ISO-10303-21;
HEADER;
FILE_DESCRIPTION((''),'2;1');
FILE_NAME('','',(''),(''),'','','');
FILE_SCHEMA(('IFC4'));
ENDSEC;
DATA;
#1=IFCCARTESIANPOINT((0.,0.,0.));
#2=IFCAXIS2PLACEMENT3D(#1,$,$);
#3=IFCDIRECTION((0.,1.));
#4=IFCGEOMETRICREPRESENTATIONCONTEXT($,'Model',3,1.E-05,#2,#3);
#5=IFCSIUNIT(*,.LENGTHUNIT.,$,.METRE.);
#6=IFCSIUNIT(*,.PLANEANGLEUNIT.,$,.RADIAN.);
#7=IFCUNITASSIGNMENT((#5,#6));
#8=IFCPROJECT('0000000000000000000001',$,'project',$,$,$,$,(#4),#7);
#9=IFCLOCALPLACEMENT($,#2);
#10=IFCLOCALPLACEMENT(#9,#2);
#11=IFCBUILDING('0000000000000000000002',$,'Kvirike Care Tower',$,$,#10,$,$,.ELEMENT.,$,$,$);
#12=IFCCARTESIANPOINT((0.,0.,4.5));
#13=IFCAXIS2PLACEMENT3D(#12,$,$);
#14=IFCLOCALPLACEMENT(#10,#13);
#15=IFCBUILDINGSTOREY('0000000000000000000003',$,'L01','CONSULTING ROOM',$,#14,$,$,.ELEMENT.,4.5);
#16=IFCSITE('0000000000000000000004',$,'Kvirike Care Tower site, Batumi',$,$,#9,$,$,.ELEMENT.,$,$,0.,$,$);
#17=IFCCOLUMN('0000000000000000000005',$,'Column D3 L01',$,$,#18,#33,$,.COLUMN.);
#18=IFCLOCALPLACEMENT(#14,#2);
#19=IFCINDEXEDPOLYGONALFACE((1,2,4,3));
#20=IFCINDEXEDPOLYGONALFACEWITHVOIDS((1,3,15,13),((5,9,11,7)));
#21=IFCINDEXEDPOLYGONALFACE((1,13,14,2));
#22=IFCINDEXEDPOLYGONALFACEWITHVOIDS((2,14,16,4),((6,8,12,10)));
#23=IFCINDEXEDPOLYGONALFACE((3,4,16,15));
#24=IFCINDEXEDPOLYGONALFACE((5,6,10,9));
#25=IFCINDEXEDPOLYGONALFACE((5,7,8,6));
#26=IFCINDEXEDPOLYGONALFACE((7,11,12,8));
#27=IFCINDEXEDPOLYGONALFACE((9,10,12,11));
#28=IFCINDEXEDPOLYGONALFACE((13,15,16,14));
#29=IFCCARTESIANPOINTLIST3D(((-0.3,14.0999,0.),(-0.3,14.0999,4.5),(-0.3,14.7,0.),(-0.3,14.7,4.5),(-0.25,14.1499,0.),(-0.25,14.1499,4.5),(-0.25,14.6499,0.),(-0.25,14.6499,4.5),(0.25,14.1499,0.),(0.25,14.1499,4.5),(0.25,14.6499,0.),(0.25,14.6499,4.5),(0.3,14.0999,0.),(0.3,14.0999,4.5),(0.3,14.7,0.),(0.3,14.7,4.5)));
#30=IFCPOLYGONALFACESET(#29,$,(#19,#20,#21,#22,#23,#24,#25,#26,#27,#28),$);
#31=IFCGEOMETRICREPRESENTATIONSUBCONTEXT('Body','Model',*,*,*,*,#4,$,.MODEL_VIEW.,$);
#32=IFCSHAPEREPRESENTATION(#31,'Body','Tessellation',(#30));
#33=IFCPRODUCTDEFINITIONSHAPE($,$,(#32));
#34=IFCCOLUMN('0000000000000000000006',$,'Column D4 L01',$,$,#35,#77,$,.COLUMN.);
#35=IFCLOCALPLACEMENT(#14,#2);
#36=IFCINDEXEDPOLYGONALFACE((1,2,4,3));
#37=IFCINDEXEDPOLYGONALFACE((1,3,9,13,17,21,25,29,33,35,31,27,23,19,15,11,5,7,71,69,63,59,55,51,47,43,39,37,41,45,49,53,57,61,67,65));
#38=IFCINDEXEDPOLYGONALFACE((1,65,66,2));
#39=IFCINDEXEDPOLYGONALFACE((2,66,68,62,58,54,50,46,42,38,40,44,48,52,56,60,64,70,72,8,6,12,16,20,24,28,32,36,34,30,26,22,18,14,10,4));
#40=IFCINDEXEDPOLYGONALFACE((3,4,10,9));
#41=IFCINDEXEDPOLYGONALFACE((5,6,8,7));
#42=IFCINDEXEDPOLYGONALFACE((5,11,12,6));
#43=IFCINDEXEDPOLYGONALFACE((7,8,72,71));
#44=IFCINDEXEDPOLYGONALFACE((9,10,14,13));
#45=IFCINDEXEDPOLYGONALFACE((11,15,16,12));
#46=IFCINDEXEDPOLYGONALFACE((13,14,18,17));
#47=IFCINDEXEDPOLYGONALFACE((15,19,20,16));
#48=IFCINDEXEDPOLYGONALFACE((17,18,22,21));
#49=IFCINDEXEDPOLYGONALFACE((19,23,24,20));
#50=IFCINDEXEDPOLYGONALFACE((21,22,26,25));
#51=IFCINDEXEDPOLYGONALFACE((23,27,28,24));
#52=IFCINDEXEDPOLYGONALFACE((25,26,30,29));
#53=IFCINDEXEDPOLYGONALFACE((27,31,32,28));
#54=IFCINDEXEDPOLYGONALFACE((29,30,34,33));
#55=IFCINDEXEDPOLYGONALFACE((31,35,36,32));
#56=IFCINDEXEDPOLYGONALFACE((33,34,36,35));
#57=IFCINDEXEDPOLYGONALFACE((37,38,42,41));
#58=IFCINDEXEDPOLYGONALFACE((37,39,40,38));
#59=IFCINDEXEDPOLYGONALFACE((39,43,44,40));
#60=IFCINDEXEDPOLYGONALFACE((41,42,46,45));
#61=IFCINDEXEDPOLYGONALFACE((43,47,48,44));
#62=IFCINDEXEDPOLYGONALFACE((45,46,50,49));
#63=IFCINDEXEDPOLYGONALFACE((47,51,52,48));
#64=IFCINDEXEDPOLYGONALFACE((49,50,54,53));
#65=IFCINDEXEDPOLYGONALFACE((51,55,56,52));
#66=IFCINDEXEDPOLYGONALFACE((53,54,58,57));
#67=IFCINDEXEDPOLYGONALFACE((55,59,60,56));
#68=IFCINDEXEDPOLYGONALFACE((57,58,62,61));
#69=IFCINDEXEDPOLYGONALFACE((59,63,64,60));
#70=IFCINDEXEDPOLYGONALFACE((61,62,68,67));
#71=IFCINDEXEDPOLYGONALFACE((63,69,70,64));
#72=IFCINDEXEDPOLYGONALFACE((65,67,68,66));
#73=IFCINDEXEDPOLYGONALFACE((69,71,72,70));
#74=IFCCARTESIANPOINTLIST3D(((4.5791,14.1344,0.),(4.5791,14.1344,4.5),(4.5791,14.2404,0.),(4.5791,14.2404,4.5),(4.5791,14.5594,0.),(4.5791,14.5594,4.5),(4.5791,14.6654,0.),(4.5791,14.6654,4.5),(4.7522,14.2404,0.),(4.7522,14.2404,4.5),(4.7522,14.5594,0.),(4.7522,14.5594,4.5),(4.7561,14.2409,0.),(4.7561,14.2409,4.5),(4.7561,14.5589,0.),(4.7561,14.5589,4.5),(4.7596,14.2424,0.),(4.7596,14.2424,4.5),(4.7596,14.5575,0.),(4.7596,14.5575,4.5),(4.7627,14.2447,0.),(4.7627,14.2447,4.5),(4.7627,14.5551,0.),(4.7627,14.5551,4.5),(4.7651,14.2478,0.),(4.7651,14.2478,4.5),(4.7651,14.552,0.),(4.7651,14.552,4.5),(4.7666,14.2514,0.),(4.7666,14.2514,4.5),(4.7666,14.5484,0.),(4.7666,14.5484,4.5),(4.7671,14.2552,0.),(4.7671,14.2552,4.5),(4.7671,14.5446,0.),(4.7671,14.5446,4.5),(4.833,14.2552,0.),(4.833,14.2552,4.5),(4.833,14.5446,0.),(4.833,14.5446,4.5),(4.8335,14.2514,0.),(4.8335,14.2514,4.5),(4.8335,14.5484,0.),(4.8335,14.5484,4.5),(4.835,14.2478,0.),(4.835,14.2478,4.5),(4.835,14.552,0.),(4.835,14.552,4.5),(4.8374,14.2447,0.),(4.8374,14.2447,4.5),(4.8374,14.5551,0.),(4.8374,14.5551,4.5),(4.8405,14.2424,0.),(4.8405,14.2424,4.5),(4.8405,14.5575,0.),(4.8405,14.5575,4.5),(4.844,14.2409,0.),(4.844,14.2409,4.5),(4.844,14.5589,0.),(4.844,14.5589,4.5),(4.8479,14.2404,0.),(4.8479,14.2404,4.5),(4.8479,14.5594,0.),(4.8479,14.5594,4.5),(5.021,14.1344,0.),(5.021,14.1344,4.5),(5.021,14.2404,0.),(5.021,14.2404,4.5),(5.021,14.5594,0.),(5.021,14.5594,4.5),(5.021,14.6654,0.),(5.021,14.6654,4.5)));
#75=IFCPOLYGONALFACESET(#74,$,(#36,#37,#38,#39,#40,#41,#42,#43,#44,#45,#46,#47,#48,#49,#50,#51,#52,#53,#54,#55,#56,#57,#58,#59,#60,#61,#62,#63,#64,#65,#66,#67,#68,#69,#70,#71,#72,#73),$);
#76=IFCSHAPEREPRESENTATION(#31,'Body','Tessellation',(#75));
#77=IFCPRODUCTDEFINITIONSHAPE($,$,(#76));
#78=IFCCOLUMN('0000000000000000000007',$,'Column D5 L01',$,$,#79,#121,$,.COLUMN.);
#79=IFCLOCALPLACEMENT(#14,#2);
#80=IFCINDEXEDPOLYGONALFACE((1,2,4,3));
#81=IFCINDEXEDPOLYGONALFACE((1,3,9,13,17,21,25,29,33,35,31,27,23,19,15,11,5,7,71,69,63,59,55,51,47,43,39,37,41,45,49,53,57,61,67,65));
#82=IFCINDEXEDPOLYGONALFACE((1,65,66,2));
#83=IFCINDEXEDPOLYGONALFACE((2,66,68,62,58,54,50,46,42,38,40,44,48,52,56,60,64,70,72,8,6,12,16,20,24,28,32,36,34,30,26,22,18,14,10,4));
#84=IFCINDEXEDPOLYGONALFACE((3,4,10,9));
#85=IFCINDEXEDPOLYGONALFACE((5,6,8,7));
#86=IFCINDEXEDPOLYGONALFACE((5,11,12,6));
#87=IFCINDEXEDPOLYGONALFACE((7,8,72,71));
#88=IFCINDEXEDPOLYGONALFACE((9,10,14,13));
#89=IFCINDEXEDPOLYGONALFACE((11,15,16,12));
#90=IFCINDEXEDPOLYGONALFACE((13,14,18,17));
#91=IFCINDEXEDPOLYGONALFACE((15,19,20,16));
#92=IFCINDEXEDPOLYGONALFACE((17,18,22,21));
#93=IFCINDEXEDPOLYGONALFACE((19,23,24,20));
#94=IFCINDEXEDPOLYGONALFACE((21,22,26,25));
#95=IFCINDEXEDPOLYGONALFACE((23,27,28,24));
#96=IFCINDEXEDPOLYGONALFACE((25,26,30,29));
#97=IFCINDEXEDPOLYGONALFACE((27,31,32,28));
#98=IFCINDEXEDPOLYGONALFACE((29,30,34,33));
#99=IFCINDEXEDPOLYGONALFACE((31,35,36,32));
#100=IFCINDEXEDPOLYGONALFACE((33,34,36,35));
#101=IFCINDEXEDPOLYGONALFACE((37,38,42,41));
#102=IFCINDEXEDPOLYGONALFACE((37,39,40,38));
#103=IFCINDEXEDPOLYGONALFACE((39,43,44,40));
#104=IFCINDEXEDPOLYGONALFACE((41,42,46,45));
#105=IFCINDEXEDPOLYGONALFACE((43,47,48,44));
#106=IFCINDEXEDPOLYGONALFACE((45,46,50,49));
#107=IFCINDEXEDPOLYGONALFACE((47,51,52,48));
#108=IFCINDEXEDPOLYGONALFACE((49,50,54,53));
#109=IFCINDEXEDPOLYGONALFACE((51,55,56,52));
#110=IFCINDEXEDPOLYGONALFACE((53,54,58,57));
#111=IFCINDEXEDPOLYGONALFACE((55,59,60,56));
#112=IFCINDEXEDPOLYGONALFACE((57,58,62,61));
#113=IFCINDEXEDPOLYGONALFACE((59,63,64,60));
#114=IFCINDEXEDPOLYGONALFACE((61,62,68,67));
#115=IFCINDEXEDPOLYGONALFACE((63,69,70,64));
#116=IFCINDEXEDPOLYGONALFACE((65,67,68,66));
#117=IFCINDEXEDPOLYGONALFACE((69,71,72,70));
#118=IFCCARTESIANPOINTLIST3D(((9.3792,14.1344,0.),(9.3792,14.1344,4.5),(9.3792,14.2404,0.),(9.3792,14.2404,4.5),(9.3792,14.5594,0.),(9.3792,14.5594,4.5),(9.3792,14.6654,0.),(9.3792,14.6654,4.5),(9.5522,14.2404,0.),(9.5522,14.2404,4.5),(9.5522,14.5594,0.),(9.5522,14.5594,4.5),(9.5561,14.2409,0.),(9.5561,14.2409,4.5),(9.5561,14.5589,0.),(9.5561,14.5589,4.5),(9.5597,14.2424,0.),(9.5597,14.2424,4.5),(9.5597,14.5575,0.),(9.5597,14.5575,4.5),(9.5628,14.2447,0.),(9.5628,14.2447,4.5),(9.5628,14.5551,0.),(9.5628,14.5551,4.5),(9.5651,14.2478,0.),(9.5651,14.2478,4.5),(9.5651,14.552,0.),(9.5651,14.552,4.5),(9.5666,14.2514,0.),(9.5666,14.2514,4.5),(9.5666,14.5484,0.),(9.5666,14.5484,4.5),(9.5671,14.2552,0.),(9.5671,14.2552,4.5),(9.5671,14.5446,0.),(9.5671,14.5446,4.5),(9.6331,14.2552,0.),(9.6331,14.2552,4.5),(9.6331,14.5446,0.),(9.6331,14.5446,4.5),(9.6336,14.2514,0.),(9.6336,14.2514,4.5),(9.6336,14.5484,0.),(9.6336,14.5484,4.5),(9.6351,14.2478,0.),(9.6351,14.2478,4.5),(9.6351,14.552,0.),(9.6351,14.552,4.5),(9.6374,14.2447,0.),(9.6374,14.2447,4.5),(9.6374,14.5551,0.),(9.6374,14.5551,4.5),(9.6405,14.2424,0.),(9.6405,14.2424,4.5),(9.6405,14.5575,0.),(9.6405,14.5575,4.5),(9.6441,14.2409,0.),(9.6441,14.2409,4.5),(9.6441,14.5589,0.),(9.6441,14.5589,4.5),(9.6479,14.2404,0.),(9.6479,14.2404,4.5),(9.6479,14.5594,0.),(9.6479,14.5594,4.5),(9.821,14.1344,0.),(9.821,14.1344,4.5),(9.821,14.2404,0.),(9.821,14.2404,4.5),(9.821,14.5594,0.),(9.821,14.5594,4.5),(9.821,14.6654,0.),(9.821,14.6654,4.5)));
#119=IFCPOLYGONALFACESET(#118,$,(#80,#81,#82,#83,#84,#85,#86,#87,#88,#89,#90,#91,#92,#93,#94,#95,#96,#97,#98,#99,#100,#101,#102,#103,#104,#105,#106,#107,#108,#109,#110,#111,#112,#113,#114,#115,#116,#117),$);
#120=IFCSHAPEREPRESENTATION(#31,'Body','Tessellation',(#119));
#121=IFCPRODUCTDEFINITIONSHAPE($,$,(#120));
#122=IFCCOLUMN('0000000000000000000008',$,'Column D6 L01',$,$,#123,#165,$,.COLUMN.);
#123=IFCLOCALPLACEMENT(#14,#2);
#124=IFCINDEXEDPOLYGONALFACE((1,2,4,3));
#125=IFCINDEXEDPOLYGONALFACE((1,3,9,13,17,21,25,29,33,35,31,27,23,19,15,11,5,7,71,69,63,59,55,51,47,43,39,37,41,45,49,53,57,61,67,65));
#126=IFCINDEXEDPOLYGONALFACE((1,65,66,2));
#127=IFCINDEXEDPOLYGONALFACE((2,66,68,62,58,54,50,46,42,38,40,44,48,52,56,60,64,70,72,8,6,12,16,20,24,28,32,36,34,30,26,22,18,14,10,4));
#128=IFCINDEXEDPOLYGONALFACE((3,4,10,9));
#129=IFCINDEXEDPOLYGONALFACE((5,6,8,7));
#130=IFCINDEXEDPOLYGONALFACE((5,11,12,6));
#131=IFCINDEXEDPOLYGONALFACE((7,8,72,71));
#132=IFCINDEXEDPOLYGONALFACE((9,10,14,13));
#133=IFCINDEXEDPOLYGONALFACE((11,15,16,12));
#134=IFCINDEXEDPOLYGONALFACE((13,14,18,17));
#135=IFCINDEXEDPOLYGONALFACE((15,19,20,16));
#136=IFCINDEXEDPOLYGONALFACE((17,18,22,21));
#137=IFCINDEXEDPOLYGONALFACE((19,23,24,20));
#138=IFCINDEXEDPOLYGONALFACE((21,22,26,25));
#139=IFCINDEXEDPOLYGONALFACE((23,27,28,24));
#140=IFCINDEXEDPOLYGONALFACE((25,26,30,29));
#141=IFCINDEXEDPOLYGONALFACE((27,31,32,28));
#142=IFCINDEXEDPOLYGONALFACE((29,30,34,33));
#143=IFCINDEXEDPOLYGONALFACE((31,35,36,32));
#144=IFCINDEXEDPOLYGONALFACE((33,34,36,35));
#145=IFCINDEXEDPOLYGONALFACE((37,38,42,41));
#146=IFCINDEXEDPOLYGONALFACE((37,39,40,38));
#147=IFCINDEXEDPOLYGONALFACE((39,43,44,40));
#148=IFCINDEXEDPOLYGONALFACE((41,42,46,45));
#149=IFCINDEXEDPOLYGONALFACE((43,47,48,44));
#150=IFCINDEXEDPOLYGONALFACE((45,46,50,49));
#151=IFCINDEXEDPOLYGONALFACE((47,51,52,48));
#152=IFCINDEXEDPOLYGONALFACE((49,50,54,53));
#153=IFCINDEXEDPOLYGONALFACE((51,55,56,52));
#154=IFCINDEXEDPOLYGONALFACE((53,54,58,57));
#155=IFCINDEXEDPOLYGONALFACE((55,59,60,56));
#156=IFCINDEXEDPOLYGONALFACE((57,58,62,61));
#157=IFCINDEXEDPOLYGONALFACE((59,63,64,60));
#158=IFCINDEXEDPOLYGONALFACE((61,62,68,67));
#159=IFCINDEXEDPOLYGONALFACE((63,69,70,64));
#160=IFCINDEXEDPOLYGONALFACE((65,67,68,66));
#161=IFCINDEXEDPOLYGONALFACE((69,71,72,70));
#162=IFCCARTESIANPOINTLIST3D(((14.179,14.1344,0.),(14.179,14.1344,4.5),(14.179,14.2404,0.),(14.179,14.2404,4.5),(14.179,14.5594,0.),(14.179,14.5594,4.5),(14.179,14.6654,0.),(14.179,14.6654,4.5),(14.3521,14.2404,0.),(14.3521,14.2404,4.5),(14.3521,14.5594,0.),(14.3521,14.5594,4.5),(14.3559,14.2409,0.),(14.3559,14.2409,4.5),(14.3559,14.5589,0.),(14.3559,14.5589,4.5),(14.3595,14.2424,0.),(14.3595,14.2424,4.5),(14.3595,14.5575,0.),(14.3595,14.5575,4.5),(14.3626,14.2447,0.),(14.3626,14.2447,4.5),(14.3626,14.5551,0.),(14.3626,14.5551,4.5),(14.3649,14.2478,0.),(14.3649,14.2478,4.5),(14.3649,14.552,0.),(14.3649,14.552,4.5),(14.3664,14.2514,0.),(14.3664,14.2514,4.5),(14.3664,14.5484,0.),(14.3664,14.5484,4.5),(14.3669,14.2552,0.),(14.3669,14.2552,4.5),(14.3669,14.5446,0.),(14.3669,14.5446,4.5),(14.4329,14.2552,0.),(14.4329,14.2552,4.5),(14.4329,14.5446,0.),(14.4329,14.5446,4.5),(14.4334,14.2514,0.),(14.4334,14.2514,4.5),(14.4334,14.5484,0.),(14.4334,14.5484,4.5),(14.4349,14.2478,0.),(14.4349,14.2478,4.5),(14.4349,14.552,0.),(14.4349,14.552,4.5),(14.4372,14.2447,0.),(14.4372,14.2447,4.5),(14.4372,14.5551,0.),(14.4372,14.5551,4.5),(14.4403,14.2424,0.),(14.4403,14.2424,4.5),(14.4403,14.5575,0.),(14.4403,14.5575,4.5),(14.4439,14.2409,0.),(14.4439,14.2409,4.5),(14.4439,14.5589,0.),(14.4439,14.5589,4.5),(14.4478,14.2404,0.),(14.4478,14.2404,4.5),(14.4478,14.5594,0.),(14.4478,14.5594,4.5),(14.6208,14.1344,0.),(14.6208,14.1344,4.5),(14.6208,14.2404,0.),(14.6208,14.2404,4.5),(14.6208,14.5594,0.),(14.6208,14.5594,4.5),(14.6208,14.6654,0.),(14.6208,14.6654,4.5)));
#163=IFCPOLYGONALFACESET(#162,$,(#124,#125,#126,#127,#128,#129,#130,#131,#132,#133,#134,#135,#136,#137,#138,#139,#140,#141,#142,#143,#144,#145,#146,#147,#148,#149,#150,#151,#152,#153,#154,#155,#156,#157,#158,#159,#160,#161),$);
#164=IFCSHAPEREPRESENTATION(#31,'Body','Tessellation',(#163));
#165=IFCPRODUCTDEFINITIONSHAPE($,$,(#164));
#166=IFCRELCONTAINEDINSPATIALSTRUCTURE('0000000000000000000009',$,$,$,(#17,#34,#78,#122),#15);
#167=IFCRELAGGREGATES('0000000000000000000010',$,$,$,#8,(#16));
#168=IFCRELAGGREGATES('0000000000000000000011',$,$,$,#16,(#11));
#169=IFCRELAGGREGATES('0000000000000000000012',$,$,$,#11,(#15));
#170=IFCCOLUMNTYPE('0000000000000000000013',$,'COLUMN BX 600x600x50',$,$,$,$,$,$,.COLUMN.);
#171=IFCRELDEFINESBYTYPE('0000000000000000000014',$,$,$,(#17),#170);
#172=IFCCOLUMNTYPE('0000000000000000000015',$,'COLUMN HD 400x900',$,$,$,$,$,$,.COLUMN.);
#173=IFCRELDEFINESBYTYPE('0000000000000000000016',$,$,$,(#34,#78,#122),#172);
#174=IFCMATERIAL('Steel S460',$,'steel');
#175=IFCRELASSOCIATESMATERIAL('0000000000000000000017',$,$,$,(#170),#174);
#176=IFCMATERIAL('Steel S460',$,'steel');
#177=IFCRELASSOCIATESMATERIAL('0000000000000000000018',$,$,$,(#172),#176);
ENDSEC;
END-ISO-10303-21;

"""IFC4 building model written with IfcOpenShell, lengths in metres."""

from ifc_helpers import new_model, si_unit, direction, frame, origin, origin_2d, place, context, subcontext, project, spatial, hollow_rectangle, i_section, extrude, material, material_profile, profile_set, type_object, element, save


model = new_model("IFC4")

# Units and contexts
model_context = context("Model", 3, precision=1e-05, world=origin(), true_north=direction((0.0, 1.0)))
body_context = subcontext(model_context, "Body", "Model", "MODEL_VIEW")
ifc_project = project(units=[si_unit("LENGTHUNIT", "METRE"), si_unit("PLANEANGLEUNIT", "RADIAN")], contexts=[model_context])

# Site, building, storey
site_placement = place(None, origin())
site = spatial("IfcSite", under=ifc_project, at=site_placement, Name="Kvirike Care Tower site, Batumi", CompositionType="ELEMENT", RefElevation=0.0)
building_placement = place(site_placement, origin())
building = spatial("IfcBuilding", under=site, at=building_placement, Name="Kvirike Care Tower", CompositionType="ELEMENT")
storey_placement = place(building_placement, frame((0.0, 0.0, 4.5)))
storey = spatial("IfcBuildingStorey", under=building, at=storey_placement, Name="L01", Description="CONSULTING ROOM", CompositionType="ELEMENT", Elevation=4.5)

# Columns
ifc_material_1 = material(Name="Steel S460", Category="steel")
ifc_material_profile_1 = material_profile(ifc_material_1, hollow_rectangle(XDim=0.6001, YDim=0.6001, WallThickness=0.05, at=origin_2d()), Name="BX 600x600x50")
ifc_profile_set_1 = profile_set([ifc_material_profile_1], Name="Steel S460")
column_type_1 = type_object("IfcColumnType", Name="COLUMN BX 600x600x50", PredefinedType="COLUMN", material=ifc_profile_set_1)
column_placement = place(storey_placement, frame((0.0, 14.3999, 0.0), z_axis=(0.0, 0.0, 1.0), x_axis=(0.0, 1.0, 0.0)))
element("IfcColumn", 1, at=column_placement, inside=storey, type_object=column_type_1, Name="Column D3 L01", PredefinedType="COLUMN", context=body_context, shape_type="SweptSolid", body=[
    extrude(hollow_rectangle(XDim=0.6001, YDim=0.6001, WallThickness=0.05, at=origin_2d()), origin(), (0.0, 0.0, 1.0), 4.5),
])
ifc_material_2 = material(Name="Steel S460", Category="steel")
ifc_material_profile_2 = material_profile(ifc_material_2, i_section(OverallWidth=0.4419, OverallDepth=0.531, WebThickness=0.0659, FlangeThickness=0.106, FilletRadius=0.0149, at=origin_2d()), Name="HD 400x900")
ifc_profile_set_2 = profile_set([ifc_material_profile_2], Name="Steel S460")
column_type_2 = type_object("IfcColumnType", Name="COLUMN HD 400x900", PredefinedType="COLUMN", material=ifc_profile_set_2)
for number, where, z_axis, x_axis, name in (
    (2, (4.8, 14.3999, 0.0), (0.0, 0.0, 1.0), (1.0, 0.0, 0.0), "Column D4 L01"),
    (3, (9.6001, 14.3999, 0.0), (0.0, 0.0, 1.0), (1.0, 0.0, 0.0), "Column D5 L01"),
    (4, (14.3999, 14.3999, 0.0), (0.0, 0.0, 1.0), (1.0, 0.0, 0.0), "Column D6 L01"),
):
    element("IfcColumn", number, at=place(storey_placement, frame(where, z_axis=z_axis, x_axis=x_axis)), inside=storey, type_object=column_type_2, Name=name, PredefinedType="COLUMN", context=body_context, shape_type="SweptSolid", body=[
        extrude(i_section(OverallWidth=0.4419, OverallDepth=0.531, WebThickness=0.0659, FlangeThickness=0.106, FilletRadius=0.0149, at=origin_2d()), origin(), (0.0, 0.0, 1.0), 4.5),
    ])

save(model, "model.ifc")
